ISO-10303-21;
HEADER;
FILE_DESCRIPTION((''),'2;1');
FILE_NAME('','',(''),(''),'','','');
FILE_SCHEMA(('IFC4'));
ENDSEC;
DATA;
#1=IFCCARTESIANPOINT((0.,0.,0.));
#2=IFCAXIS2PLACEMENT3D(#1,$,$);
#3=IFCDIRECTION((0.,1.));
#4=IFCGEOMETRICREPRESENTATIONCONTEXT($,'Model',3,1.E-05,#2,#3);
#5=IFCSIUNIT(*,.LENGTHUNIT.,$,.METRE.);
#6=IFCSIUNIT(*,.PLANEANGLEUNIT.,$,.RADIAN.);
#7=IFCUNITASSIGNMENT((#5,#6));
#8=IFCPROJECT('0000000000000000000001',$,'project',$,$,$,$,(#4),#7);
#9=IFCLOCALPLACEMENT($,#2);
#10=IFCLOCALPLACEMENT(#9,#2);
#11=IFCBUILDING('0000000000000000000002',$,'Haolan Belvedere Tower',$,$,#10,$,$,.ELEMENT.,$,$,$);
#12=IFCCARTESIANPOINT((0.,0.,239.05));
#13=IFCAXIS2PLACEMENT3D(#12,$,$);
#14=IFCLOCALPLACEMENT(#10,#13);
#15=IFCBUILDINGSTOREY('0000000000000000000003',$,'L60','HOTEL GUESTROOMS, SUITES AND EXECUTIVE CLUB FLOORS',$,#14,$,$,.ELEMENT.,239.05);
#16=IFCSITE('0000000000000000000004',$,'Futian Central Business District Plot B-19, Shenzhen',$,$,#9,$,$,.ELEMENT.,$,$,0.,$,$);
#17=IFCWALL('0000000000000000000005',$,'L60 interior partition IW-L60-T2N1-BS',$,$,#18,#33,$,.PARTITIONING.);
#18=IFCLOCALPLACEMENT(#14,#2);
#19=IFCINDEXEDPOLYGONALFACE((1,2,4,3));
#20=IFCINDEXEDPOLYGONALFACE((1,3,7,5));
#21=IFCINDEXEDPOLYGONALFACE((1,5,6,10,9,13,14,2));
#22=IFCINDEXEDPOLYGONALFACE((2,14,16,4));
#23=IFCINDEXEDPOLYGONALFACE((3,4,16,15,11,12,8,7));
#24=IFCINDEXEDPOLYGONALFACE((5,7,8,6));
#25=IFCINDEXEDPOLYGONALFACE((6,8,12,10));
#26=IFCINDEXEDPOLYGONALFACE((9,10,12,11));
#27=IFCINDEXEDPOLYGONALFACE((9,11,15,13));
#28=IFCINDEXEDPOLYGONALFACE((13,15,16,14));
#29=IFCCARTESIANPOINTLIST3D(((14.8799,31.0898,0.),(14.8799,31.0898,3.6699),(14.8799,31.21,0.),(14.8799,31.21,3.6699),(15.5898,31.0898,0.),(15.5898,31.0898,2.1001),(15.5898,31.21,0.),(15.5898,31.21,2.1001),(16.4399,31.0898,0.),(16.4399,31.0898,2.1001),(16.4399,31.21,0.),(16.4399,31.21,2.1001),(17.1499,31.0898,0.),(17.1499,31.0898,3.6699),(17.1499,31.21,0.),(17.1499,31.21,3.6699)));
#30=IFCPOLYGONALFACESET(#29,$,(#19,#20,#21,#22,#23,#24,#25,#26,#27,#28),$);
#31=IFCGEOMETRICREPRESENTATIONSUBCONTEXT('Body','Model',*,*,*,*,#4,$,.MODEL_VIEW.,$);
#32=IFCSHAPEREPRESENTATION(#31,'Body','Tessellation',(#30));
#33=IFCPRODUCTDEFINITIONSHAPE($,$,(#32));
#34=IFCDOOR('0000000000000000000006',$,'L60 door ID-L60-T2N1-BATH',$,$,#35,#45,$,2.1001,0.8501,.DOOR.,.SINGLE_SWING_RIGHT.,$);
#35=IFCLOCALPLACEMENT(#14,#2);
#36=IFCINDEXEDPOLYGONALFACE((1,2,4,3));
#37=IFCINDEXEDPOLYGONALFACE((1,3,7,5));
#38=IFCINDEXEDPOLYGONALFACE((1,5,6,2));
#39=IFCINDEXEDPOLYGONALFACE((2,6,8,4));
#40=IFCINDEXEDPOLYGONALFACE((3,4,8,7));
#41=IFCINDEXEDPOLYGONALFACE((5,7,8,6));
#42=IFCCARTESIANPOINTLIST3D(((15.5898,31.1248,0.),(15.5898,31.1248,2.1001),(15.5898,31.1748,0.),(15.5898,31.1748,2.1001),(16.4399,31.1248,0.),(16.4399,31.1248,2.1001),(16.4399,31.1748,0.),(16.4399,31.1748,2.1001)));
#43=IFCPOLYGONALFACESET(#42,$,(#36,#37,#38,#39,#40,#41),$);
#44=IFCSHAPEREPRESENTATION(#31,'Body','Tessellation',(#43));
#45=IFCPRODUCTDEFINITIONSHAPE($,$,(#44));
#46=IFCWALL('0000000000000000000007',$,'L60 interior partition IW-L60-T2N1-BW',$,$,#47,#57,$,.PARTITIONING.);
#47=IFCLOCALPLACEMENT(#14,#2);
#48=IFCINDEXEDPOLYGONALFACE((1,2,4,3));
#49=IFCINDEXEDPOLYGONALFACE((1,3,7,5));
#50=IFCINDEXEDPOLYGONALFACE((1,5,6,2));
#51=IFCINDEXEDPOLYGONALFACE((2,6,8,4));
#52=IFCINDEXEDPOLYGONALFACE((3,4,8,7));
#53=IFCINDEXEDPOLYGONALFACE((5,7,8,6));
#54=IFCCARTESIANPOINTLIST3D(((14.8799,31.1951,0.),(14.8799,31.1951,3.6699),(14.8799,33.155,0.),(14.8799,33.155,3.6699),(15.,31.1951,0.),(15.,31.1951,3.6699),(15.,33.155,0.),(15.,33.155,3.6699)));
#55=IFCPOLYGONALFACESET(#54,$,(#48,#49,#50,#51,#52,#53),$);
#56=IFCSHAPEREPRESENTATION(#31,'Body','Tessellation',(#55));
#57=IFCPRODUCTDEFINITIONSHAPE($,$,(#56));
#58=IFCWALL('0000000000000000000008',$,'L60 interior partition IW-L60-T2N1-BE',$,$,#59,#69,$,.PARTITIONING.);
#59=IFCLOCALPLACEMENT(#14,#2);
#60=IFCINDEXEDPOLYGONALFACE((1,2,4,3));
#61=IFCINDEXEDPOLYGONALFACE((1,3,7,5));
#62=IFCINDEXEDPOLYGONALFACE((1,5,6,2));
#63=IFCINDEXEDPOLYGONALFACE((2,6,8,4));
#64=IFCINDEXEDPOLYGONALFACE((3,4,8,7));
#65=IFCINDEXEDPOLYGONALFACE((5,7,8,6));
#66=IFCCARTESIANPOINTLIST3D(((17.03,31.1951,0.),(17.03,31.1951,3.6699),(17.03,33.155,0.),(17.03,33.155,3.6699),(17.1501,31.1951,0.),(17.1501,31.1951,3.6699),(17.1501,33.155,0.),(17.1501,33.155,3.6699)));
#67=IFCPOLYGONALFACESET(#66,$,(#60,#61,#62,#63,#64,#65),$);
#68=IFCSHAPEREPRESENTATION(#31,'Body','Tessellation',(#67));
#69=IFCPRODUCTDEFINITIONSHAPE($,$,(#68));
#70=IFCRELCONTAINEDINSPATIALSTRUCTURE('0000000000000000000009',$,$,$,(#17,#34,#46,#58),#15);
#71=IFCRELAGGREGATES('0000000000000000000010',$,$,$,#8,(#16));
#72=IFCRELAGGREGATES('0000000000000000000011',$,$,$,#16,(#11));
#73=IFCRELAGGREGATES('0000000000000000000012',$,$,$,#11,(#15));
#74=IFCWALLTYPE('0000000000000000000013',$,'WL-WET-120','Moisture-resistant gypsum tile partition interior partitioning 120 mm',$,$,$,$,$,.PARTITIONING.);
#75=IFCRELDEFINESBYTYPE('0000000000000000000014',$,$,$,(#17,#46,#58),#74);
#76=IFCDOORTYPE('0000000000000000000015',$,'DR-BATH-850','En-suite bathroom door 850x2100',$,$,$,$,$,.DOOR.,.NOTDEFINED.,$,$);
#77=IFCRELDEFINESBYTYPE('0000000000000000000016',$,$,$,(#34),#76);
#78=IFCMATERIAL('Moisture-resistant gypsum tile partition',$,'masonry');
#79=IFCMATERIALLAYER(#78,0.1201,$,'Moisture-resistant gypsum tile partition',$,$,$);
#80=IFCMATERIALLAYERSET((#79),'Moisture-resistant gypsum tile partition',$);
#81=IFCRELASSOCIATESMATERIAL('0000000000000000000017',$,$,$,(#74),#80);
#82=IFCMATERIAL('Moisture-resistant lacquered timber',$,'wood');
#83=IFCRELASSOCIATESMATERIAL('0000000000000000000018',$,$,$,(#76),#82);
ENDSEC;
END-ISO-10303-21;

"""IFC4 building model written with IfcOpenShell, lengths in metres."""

from ifc_helpers import new_model, si_unit, direction, frame, frame_2d, origin, place, context, subcontext, project, spatial, rectangle, extrude, material, layer, layer_set, type_object, element, fill, save


model = new_model("IFC4")

# Units and contexts
model_context = context("Model", 3, precision=1e-05, world=origin(), true_north=direction((0.0, 1.0)))
body_context = subcontext(model_context, "Body", "Model", "MODEL_VIEW")
ifc_project = project(units=[si_unit("LENGTHUNIT", "METRE"), si_unit("PLANEANGLEUNIT", "RADIAN")], contexts=[model_context])

# Site, building, storey
site_placement = place(None, origin())
site = spatial("IfcSite", under=ifc_project, at=site_placement, Name="Futian Central Business District Plot B-19, Shenzhen", CompositionType="ELEMENT", RefElevation=0.0)
building_placement = place(site_placement, origin())
building = spatial("IfcBuilding", under=site, at=building_placement, Name="Haolan Belvedere Tower", CompositionType="ELEMENT")
storey_placement = place(building_placement, frame((0.0, 0.0, 239.05)))
storey = spatial("IfcBuildingStorey", under=building, at=storey_placement, Name="L60", Description="HOTEL GUESTROOMS, SUITES AND EXECUTIVE CLUB FLOORS", CompositionType="ELEMENT", Elevation=239.05)

# Shared definitions
ifc_material_1 = material(Name="Moisture-resistant gypsum tile partition", Category="masonry")
ifc_layer_1 = layer(ifc_material_1, 0.1201, Name="Moisture-resistant gypsum tile partition")
ifc_layer_set_1 = layer_set([ifc_layer_1], Name="Moisture-resistant gypsum tile partition")
wall_type_1 = type_object("IfcWallType", Name="WL-WET-120", Description="Moisture-resistant gypsum tile partition interior partitioning 120 mm", PredefinedType="PARTITIONING", material=ifc_layer_set_1)

# Wall, opening, door
wall_1_placement = place(storey_placement, frame((14.8799, 31.1499, 0.0), z_axis=(0.0, 0.0, 1.0), x_axis=(1.0, 0.0, 0.0)))
wall_1 = element("IfcWall", 1, at=wall_1_placement, inside=storey, type_object=wall_type_1, Name="L60 interior partition IW-L60-T2N1-BS", PredefinedType="PARTITIONING", context=body_context, shape_type="SweptSolid", body=[
    extrude(rectangle(XDim=2.27, YDim=0.1201, at=frame_2d((1.135, 0.0))), origin(), (0.0, 0.0, 1.0), 3.6699),
])
opening_1_placement = place(wall_1_placement, frame((0.71, 0.0, 0.0)))
opening_1 = element("IfcOpeningElement", 2, at=opening_1_placement, cuts=wall_1, PredefinedType="OPENING", context=body_context, shape_type="SweptSolid", body=[
    extrude(rectangle(XDim=0.8501, YDim=2.1001, at=frame_2d((0.425, 1.05))), frame((0.0, 0.0701, 0.0), z_axis=(0.0, -1.0, 0.0), x_axis=(1.0, 0.0, 0.0)), (0.0, 0.0, 1.0), 0.1401),
])
ifc_material_2 = material(Name="Moisture-resistant lacquered timber", Category="wood")
door_type = type_object("IfcDoorType", Name="DR-BATH-850", Description="En-suite bathroom door 850x2100", OperationType="NOTDEFINED", PredefinedType="DOOR", material=ifc_material_2)
door_placement = place(opening_1_placement, origin())
door = element("IfcDoor", 3, at=door_placement, inside=storey, type_object=door_type, Name="L60 door ID-L60-T2N1-BATH", OperationType="SINGLE_SWING_RIGHT", OverallHeight=2.1001, OverallWidth=0.8501, PredefinedType="DOOR", context=body_context, shape_type="SweptSolid", body=[
    extrude(rectangle(XDim=0.8501, YDim=2.1001, at=frame_2d((0.425, 1.05))), frame((0.0, 0.0249, 0.0), z_axis=(0.0, -1.0, 0.0), x_axis=(1.0, 0.0, 0.0)), (0.0, 0.0, 1.0), 0.05),
])
fill(opening_1, door)

# Walls
for number, where, z_axis, x_axis, name in (
    (4, (14.9399, 31.1951, 0.0), (0.0, 0.0, 1.0), (0.0, 1.0, 0.0), "L60 interior partition IW-L60-T2N1-BW"),
    (5, (17.0901, 31.1951, 0.0), (0.0, 0.0, 1.0), (0.0, 1.0, 0.0), "L60 interior partition IW-L60-T2N1-BE"),
):
    element("IfcWall", number, at=place(storey_placement, frame(where, z_axis=z_axis, x_axis=x_axis)), inside=storey, type_object=wall_type_1, Name=name, PredefinedType="PARTITIONING", context=body_context, shape_type="SweptSolid", body=[
        extrude(rectangle(XDim=1.96, YDim=0.1201, at=frame_2d((0.98, 0.0))), origin(), (0.0, 0.0, 1.0), 3.6699),
    ])

save(model, "model.ifc")
